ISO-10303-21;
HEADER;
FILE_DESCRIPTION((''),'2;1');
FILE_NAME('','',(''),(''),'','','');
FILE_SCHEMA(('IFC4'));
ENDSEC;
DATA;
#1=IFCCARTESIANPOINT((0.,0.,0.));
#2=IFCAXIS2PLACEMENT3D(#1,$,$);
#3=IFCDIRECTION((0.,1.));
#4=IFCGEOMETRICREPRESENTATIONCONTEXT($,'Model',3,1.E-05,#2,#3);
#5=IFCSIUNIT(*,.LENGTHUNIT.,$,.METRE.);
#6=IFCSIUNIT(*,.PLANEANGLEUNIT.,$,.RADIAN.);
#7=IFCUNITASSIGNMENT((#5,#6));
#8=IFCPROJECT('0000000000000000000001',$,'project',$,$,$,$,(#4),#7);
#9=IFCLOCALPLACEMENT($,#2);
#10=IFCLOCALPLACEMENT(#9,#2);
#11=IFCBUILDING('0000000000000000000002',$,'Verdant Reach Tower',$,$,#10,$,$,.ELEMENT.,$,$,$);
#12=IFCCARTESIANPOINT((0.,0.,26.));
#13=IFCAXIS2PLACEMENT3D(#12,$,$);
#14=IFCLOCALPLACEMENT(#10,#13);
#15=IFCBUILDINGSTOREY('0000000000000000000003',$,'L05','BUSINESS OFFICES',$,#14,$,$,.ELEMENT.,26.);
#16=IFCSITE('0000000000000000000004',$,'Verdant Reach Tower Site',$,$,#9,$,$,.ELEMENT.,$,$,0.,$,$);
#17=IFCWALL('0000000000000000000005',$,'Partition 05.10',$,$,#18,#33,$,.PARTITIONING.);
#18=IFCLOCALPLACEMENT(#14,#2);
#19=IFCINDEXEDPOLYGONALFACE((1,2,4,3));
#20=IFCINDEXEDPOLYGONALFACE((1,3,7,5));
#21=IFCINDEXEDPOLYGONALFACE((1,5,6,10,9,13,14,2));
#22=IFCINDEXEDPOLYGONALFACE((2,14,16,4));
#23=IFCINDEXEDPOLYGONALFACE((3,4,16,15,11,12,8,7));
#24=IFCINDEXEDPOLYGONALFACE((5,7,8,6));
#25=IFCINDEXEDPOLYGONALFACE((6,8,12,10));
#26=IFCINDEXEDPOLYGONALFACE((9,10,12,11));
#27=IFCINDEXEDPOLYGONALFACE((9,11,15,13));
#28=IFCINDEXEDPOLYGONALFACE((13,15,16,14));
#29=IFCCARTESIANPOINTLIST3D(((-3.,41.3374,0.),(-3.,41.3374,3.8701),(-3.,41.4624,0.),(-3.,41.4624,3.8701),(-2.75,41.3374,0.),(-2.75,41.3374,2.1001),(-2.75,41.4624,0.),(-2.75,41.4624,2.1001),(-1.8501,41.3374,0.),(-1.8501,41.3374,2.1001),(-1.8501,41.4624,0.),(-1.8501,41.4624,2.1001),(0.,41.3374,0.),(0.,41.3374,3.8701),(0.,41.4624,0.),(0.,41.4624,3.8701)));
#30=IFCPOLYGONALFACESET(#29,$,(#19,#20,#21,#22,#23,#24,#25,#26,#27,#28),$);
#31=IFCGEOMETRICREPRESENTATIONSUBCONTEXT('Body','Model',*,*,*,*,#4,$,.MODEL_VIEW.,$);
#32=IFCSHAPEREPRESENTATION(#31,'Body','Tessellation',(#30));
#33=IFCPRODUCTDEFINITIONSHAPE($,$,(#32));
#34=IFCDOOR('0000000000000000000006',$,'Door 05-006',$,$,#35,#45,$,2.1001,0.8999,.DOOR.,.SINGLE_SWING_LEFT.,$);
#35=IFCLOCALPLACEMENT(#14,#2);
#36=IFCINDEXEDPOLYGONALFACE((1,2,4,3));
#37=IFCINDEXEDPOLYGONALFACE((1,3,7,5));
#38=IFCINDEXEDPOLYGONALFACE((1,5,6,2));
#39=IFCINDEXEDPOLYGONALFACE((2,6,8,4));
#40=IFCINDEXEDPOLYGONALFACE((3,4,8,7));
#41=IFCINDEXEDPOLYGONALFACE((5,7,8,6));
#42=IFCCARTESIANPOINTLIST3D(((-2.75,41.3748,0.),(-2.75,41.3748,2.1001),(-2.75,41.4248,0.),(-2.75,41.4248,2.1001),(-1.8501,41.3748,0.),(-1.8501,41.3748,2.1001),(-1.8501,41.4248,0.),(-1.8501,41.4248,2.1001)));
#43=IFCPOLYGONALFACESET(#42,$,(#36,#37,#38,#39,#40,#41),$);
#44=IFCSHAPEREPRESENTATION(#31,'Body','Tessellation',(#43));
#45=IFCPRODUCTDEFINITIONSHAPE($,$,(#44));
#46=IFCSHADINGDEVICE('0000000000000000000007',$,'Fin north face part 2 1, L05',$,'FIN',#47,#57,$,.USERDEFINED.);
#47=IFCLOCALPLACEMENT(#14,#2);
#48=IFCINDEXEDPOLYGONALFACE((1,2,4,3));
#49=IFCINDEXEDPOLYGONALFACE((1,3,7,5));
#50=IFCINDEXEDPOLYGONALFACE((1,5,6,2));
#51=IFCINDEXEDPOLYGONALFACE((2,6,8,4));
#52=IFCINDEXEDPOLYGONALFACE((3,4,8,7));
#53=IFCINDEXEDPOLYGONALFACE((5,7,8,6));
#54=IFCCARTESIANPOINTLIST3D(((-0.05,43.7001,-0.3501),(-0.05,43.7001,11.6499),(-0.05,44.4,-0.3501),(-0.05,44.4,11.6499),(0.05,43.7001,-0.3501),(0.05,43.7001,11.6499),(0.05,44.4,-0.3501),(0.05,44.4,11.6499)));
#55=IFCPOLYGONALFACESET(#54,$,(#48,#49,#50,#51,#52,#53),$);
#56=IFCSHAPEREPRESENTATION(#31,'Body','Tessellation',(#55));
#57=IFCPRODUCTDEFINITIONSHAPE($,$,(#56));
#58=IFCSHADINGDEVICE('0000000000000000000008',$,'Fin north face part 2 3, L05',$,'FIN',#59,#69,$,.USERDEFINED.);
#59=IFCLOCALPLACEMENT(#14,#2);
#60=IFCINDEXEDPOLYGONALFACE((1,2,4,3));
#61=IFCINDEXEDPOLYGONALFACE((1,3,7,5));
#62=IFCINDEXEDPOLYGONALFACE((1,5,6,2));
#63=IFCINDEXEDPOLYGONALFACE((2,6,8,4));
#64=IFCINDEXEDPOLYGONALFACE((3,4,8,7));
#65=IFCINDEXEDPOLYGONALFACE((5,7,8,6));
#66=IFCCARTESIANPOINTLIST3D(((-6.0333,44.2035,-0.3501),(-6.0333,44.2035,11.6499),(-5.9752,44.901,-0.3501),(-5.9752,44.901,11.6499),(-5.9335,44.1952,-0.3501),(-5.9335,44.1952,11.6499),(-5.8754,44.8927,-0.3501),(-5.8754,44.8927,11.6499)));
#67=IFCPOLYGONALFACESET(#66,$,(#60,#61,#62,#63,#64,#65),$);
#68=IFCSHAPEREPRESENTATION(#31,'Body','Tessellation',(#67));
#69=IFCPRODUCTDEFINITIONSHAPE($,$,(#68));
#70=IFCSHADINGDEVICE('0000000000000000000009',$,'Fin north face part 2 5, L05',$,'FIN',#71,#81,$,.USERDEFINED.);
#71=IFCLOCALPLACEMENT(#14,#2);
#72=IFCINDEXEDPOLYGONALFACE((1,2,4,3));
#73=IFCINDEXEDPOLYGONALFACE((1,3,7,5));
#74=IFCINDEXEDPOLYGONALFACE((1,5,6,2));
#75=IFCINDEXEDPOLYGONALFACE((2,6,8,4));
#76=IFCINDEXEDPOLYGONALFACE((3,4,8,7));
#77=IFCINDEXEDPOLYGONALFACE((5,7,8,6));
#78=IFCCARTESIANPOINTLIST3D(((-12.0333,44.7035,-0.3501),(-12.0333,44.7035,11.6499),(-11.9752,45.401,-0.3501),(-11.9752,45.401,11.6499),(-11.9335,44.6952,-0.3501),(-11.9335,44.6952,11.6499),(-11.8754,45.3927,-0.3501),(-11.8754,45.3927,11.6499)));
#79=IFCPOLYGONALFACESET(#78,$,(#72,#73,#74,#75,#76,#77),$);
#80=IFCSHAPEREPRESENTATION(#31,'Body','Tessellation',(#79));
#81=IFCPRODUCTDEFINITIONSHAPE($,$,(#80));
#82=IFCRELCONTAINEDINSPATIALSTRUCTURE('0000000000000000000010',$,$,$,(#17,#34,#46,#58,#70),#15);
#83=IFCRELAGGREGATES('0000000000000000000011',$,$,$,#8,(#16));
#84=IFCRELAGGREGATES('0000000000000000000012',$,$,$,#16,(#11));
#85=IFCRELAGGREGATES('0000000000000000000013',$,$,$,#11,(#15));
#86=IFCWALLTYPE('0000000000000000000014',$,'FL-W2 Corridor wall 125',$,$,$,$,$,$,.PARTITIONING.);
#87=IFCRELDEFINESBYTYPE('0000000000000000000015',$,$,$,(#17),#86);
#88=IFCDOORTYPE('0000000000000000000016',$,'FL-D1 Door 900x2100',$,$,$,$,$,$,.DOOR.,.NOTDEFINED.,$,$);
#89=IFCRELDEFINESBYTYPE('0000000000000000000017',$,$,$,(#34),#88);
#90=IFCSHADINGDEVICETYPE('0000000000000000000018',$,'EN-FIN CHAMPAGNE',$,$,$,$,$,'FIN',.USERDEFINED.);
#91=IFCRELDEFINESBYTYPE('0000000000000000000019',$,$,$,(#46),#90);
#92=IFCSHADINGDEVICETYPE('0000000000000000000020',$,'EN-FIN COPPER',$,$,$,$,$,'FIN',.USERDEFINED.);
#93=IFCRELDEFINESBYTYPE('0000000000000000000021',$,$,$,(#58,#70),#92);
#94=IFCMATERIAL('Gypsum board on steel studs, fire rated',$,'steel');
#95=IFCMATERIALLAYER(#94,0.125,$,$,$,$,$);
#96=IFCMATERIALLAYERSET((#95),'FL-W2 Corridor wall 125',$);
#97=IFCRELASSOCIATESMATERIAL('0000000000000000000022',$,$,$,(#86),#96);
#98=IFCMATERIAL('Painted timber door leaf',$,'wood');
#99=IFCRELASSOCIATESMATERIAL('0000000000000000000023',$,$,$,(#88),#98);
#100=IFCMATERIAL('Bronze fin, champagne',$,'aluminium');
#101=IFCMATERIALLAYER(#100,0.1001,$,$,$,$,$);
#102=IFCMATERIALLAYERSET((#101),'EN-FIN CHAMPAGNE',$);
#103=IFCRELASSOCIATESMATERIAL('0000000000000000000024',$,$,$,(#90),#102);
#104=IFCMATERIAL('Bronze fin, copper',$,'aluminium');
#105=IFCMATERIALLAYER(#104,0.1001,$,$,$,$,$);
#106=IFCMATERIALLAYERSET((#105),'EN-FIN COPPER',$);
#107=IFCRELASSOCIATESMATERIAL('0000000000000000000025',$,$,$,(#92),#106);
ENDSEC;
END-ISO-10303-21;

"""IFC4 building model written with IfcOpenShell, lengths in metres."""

from ifc_helpers import new_model, si_unit, direction, frame, frame_2d, origin, origin_2d, place, context, subcontext, project, spatial, rectangle, extrude, material, layer, layer_set, type_object, element, fill, save


model = new_model("IFC4")

# Units and contexts
model_context = context("Model", 3, precision=1e-05, world=origin(), true_north=direction((0.0, 1.0)))
body_context = subcontext(model_context, "Body", "Model", "MODEL_VIEW")
ifc_project = project(units=[si_unit("LENGTHUNIT", "METRE"), si_unit("PLANEANGLEUNIT", "RADIAN")], contexts=[model_context])

# Site, building, storey
site_placement = place(None, origin())
site = spatial("IfcSite", under=ifc_project, at=site_placement, Name="Verdant Reach Tower Site", CompositionType="ELEMENT", RefElevation=0.0)
building_placement = place(site_placement, origin())
building = spatial("IfcBuilding", under=site, at=building_placement, Name="Verdant Reach Tower", CompositionType="ELEMENT")
storey_placement = place(building_placement, frame((0.0, 0.0, 26.0)))
storey = spatial("IfcBuildingStorey", under=building, at=storey_placement, Name="L05", Description="BUSINESS OFFICES", CompositionType="ELEMENT", Elevation=26.0)

# Wall, opening, door
ifc_material_1 = material(Name="Gypsum board on steel studs, fire rated", Category="steel")
ifc_layer_1 = layer(ifc_material_1, 0.125)
ifc_layer_set_1 = layer_set([ifc_layer_1], Name="FL-W2 Corridor wall 125")
wall_type_1 = type_object("IfcWallType", Name="FL-W2 Corridor wall 125", PredefinedType="PARTITIONING", material=ifc_layer_set_1)
wall_1_placement = place(storey_placement, frame((-3.0, 41.3999, 0.0), z_axis=(0.0, 0.0, 1.0), x_axis=(1.0, 0.0, 0.0)))
wall_1 = element("IfcWall", 1, at=wall_1_placement, inside=storey, type_object=wall_type_1, Name="Partition 05.10", PredefinedType="PARTITIONING", context=body_context, shape_type="SweptSolid", body=[
    extrude(rectangle(XDim=3.0, YDim=0.125, at=frame_2d((1.5, 0.0))), origin(), (0.0, 0.0, 1.0), 3.8701),
])
opening_1_placement = place(wall_1_placement, frame((0.25, 0.0, 0.0)))
opening_1 = element("IfcOpeningElement", 2, at=opening_1_placement, cuts=wall_1, PredefinedType="OPENING", context=body_context, shape_type="SweptSolid", body=[
    extrude(rectangle(XDim=0.8999, YDim=2.1001, at=frame_2d((0.45, 1.05))), frame((0.0, 0.0725, 0.0), z_axis=(0.0, -1.0, 0.0), x_axis=(1.0, 0.0, 0.0)), (0.0, 0.0, 1.0), 0.145),
])
ifc_material_2 = material(Name="Painted timber door leaf", Category="wood")
door_type_1 = type_object("IfcDoorType", Name="FL-D1 Door 900x2100", OperationType="NOTDEFINED", PredefinedType="DOOR", material=ifc_material_2)
door_1_placement = place(opening_1_placement, origin())
door_1 = element("IfcDoor", 3, at=door_1_placement, inside=storey, type_object=door_type_1, Name="Door 05-006", OperationType="SINGLE_SWING_LEFT", OverallHeight=2.1001, OverallWidth=0.8999, PredefinedType="DOOR", context=body_context, shape_type="SweptSolid", body=[
    extrude(rectangle(XDim=0.8999, YDim=2.1001, at=frame_2d((0.45, 1.05))), frame((0.0, 0.0249, 0.0), z_axis=(0.0, -1.0, 0.0), x_axis=(1.0, 0.0, 0.0)), (0.0, 0.0, 1.0), 0.05),
])
fill(opening_1, door_1)

# Shading devices
ifc_material_3 = material(Name="Bronze fin, champagne", Category="aluminium")
ifc_layer_2 = layer(ifc_material_3, 0.1001)
ifc_layer_set_2 = layer_set([ifc_layer_2], Name="EN-FIN CHAMPAGNE")
shading_device_type_1 = type_object("IfcShadingDeviceType", Name="EN-FIN CHAMPAGNE", ElementType="FIN", PredefinedType="USERDEFINED", material=ifc_layer_set_2)
shading_device_placement = place(storey_placement, frame((0.0, 44.05, -0.3501), z_axis=(0.0, 0.0, 1.0), x_axis=(-1.0, 0.0, 0.0)))
element("IfcShadingDevice", 4, at=shading_device_placement, inside=storey, type_object=shading_device_type_1, Name="Fin north face part 2 1, L05", ObjectType="FIN", PredefinedType="USERDEFINED", context=body_context, shape_type="SweptSolid", body=[
    extrude(rectangle(XDim=0.1001, YDim=0.7, at=origin_2d()), origin(), (0.0, 0.0, 1.0), 12.0),
])
ifc_material_4 = material(Name="Bronze fin, copper", Category="aluminium")
ifc_layer_3 = layer(ifc_material_4, 0.1001)
ifc_layer_set_3 = layer_set([ifc_layer_3], Name="EN-FIN COPPER")
shading_device_type_2 = type_object("IfcShadingDeviceType", Name="EN-FIN COPPER", ElementType="FIN", PredefinedType="USERDEFINED", material=ifc_layer_set_3)
for number, where, z_axis, x_axis, name in (
    (5, (-5.9543, 44.5481, -0.3501), (0.0, 0.0, 1.0), (-0.996546, 0.083045, 0.0), "Fin north face part 2 3, L05"),
    (6, (-11.9543, 45.0481, -0.3501), (0.0, 0.0, 1.0), (-0.996546, 0.083045, 0.0), "Fin north face part 2 5, L05"),
):
    element("IfcShadingDevice", number, at=place(storey_placement, frame(where, z_axis=z_axis, x_axis=x_axis)), inside=storey, type_object=shading_device_type_2, Name=name, ObjectType="FIN", PredefinedType="USERDEFINED", context=body_context, shape_type="SweptSolid", body=[
        extrude(rectangle(XDim=0.1001, YDim=0.7, at=origin_2d()), origin(), (0.0, 0.0, 1.0), 12.0),
    ])

save(model, "model.ifc")
